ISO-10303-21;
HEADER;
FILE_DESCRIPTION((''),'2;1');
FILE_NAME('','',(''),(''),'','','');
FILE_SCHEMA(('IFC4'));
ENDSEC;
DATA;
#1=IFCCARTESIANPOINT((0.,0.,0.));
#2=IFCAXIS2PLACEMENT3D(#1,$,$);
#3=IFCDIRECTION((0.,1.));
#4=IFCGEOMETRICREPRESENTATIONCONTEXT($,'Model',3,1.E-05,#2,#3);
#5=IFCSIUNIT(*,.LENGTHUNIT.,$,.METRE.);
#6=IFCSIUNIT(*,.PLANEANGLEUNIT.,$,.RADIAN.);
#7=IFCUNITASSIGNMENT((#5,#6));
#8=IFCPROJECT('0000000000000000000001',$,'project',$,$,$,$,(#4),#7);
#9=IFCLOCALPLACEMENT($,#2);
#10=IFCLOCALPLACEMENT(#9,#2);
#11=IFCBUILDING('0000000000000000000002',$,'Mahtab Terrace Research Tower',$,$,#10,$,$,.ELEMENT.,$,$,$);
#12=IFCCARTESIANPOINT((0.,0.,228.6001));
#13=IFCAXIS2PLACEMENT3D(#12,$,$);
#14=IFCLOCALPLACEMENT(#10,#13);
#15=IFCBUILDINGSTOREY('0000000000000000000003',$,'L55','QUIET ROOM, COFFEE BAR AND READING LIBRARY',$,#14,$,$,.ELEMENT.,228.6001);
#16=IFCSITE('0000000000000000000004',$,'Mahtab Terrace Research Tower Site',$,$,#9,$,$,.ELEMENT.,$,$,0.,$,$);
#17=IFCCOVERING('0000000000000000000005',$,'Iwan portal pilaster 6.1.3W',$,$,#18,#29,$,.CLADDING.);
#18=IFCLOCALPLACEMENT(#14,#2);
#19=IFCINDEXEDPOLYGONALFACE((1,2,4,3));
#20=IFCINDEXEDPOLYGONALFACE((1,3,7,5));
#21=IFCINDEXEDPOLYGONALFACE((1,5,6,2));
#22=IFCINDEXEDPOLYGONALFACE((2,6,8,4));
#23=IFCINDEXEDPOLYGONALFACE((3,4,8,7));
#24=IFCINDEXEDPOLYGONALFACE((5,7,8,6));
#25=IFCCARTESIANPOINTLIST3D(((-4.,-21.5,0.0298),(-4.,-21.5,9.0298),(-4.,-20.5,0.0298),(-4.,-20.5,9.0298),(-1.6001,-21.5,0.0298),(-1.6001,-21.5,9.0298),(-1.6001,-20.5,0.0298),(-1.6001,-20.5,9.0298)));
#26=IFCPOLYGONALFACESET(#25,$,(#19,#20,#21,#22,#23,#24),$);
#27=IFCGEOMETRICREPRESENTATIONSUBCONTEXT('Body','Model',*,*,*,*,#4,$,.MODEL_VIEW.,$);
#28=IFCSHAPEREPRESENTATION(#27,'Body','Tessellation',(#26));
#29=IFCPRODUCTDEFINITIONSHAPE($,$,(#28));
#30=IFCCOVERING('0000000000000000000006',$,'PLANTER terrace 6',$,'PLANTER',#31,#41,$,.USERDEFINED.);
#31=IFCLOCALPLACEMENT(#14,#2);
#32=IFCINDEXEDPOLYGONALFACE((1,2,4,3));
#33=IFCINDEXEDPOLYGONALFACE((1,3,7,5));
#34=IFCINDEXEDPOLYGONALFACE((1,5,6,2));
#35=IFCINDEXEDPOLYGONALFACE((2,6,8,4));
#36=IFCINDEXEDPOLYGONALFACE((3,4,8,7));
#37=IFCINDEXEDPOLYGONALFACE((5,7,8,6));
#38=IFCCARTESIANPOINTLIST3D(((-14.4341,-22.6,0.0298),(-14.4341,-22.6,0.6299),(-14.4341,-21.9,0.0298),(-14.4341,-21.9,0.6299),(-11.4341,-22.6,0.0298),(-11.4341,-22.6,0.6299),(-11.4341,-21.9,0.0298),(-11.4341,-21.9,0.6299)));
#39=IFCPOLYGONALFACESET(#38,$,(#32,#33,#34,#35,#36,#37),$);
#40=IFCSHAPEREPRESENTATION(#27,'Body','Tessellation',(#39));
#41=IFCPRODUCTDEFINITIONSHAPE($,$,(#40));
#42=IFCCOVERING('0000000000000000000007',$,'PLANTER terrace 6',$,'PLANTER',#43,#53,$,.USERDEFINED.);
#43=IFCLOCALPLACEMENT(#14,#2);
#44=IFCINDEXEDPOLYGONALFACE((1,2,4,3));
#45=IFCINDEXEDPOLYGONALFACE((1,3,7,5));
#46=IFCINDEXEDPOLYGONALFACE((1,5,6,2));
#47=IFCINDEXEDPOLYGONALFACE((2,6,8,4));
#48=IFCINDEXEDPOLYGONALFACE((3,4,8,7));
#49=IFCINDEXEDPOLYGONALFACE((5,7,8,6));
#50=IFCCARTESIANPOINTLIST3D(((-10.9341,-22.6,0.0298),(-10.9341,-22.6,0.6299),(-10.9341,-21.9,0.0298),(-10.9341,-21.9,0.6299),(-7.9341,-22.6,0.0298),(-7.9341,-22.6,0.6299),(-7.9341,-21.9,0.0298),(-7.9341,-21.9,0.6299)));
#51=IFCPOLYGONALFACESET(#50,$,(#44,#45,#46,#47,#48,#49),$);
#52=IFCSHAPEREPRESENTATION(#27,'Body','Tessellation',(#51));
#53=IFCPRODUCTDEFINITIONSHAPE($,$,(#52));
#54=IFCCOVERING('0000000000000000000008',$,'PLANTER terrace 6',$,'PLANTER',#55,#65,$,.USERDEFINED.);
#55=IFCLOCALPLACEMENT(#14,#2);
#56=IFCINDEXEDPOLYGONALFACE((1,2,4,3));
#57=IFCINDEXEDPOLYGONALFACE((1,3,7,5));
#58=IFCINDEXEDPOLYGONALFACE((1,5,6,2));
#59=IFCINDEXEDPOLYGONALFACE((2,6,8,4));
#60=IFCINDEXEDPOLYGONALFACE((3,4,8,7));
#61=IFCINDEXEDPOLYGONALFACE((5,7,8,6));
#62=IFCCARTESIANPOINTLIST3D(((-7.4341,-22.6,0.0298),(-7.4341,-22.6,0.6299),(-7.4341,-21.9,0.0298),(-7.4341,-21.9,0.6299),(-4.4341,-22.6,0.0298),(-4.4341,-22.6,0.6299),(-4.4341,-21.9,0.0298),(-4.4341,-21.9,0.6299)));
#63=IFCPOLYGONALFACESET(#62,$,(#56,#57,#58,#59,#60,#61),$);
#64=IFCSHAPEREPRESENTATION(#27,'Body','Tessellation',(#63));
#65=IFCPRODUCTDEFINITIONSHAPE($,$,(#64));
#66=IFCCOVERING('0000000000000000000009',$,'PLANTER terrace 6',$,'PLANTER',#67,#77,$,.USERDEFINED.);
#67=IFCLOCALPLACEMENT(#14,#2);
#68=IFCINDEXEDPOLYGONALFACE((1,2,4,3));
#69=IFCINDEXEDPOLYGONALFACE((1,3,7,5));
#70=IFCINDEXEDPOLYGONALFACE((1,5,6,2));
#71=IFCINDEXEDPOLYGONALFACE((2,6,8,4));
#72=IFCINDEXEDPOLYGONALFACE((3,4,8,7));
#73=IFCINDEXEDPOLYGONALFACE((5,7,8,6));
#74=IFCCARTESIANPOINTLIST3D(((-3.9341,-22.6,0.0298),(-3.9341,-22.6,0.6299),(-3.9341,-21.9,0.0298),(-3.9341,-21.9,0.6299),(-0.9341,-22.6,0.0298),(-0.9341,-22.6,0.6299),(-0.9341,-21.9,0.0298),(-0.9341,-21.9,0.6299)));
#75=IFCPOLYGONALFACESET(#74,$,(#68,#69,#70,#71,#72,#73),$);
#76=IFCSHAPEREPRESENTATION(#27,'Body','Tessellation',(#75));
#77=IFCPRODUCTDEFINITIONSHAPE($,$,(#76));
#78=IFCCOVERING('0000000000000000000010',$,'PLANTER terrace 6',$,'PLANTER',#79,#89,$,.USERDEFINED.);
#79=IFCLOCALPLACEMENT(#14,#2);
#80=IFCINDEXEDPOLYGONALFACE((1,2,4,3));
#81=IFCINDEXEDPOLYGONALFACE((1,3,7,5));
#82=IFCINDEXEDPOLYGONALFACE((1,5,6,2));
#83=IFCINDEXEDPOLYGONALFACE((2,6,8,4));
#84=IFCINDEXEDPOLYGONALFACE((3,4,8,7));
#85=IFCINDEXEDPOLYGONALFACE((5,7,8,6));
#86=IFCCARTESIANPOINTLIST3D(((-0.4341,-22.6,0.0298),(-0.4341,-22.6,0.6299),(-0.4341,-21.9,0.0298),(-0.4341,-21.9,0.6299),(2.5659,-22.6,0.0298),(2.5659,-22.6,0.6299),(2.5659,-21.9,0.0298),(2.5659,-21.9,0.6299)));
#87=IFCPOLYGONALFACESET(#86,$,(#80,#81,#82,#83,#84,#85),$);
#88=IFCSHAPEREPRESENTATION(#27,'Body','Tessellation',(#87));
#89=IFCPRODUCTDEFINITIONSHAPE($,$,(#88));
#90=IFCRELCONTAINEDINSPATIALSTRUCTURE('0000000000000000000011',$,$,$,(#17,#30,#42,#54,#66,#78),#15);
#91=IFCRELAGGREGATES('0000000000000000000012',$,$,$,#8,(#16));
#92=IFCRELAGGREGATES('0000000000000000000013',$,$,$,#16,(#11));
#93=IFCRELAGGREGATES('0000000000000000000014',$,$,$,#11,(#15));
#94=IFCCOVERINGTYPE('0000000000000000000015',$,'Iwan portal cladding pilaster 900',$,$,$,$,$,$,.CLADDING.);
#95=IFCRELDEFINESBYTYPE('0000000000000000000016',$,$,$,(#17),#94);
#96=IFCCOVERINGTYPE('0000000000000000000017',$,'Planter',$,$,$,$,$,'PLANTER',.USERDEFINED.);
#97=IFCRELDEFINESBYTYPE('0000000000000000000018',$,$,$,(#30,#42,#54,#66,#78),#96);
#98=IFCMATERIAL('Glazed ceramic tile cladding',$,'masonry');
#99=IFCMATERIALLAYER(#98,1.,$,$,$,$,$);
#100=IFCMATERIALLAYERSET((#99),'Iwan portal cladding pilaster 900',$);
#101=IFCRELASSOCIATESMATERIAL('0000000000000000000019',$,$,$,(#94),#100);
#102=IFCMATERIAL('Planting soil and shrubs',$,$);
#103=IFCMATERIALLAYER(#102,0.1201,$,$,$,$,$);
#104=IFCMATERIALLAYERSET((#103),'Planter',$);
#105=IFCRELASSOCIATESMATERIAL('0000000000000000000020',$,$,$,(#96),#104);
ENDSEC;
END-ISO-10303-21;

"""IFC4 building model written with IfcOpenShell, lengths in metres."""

from ifc_helpers import new_model, si_unit, direction, frame, origin, origin_2d, place, context, subcontext, project, spatial, rectangle, extrude, material, layer, layer_set, type_object, element, save


model = new_model("IFC4")

# Units and contexts
model_context = context("Model", 3, precision=1e-05, world=origin(), true_north=direction((0.0, 1.0)))
body_context = subcontext(model_context, "Body", "Model", "MODEL_VIEW")
ifc_project = project(units=[si_unit("LENGTHUNIT", "METRE"), si_unit("PLANEANGLEUNIT", "RADIAN")], contexts=[model_context])

# Site, building, storey
site_placement = place(None, origin())
site = spatial("IfcSite", under=ifc_project, at=site_placement, Name="Mahtab Terrace Research Tower Site", CompositionType="ELEMENT", RefElevation=0.0)
building_placement = place(site_placement, origin())
building = spatial("IfcBuilding", under=site, at=building_placement, Name="Mahtab Terrace Research Tower", CompositionType="ELEMENT")
storey_placement = place(building_placement, frame((0.0, 0.0, 228.6001)))
storey = spatial("IfcBuildingStorey", under=building, at=storey_placement, Name="L55", Description="QUIET ROOM, COFFEE BAR AND READING LIBRARY", CompositionType="ELEMENT", Elevation=228.6001)

# Coverings
ifc_material_1 = material(Name="Glazed ceramic tile cladding", Category="masonry")
ifc_layer_1 = layer(ifc_material_1, 1.0)
ifc_layer_set_1 = layer_set([ifc_layer_1], Name="Iwan portal cladding pilaster 900")
covering_type_1 = type_object("IfcCoveringType", Name="Iwan portal cladding pilaster 900", PredefinedType="CLADDING", material=ifc_layer_set_1)
covering_1_placement = place(storey_placement, frame((-2.8, -21.0, 0.0298), z_axis=(0.0, 0.0, 1.0), x_axis=(1.0, 0.0, 0.0)))
element("IfcCovering", 1, at=covering_1_placement, inside=storey, type_object=covering_type_1, Name="Iwan portal pilaster 6.1.3W", PredefinedType="CLADDING", context=body_context, shape_type="SweptSolid", body=[
    extrude(rectangle(XDim=2.3999, YDim=1.0, at=origin_2d()), origin(), (0.0, 0.0, 1.0), 9.0),
])
ifc_material_2 = material(Name="Planting soil and shrubs")
ifc_layer_2 = layer(ifc_material_2, 0.1201)
ifc_layer_set_2 = layer_set([ifc_layer_2], Name="Planter")
covering_type_2 = type_object("IfcCoveringType", Name="Planter", ElementType="PLANTER", PredefinedType="USERDEFINED", material=ifc_layer_set_2)
for number, where, z_axis, x_axis, name in (
    (2, (-12.9341, -22.25, 0.0298), (0.0, 0.0, 1.0), (1.0, 0.0, 0.0), "PLANTER terrace 6"),
    (3, (-9.4341, -22.25, 0.0298), (0.0, 0.0, 1.0), (1.0, 0.0, 0.0), "PLANTER terrace 6"),
    (4, (-5.9341, -22.25, 0.0298), (0.0, 0.0, 1.0), (1.0, 0.0, 0.0), "PLANTER terrace 6"),
    (5, (-2.4341, -22.25, 0.0298), (0.0, 0.0, 1.0), (1.0, 0.0, 0.0), "PLANTER terrace 6"),
    (6, (1.0659, -22.25, 0.0298), (0.0, 0.0, 1.0), (1.0, 0.0, 0.0), "PLANTER terrace 6"),
):
    element("IfcCovering", number, at=place(storey_placement, frame(where, z_axis=z_axis, x_axis=x_axis)), inside=storey, type_object=covering_type_2, Name=name, ObjectType="PLANTER", PredefinedType="USERDEFINED", context=body_context, shape_type="SweptSolid", body=[
        extrude(rectangle(XDim=3.0, YDim=0.7, at=origin_2d()), origin(), (0.0, 0.0, 1.0), 0.6001),
    ])

save(model, "model.ifc")
